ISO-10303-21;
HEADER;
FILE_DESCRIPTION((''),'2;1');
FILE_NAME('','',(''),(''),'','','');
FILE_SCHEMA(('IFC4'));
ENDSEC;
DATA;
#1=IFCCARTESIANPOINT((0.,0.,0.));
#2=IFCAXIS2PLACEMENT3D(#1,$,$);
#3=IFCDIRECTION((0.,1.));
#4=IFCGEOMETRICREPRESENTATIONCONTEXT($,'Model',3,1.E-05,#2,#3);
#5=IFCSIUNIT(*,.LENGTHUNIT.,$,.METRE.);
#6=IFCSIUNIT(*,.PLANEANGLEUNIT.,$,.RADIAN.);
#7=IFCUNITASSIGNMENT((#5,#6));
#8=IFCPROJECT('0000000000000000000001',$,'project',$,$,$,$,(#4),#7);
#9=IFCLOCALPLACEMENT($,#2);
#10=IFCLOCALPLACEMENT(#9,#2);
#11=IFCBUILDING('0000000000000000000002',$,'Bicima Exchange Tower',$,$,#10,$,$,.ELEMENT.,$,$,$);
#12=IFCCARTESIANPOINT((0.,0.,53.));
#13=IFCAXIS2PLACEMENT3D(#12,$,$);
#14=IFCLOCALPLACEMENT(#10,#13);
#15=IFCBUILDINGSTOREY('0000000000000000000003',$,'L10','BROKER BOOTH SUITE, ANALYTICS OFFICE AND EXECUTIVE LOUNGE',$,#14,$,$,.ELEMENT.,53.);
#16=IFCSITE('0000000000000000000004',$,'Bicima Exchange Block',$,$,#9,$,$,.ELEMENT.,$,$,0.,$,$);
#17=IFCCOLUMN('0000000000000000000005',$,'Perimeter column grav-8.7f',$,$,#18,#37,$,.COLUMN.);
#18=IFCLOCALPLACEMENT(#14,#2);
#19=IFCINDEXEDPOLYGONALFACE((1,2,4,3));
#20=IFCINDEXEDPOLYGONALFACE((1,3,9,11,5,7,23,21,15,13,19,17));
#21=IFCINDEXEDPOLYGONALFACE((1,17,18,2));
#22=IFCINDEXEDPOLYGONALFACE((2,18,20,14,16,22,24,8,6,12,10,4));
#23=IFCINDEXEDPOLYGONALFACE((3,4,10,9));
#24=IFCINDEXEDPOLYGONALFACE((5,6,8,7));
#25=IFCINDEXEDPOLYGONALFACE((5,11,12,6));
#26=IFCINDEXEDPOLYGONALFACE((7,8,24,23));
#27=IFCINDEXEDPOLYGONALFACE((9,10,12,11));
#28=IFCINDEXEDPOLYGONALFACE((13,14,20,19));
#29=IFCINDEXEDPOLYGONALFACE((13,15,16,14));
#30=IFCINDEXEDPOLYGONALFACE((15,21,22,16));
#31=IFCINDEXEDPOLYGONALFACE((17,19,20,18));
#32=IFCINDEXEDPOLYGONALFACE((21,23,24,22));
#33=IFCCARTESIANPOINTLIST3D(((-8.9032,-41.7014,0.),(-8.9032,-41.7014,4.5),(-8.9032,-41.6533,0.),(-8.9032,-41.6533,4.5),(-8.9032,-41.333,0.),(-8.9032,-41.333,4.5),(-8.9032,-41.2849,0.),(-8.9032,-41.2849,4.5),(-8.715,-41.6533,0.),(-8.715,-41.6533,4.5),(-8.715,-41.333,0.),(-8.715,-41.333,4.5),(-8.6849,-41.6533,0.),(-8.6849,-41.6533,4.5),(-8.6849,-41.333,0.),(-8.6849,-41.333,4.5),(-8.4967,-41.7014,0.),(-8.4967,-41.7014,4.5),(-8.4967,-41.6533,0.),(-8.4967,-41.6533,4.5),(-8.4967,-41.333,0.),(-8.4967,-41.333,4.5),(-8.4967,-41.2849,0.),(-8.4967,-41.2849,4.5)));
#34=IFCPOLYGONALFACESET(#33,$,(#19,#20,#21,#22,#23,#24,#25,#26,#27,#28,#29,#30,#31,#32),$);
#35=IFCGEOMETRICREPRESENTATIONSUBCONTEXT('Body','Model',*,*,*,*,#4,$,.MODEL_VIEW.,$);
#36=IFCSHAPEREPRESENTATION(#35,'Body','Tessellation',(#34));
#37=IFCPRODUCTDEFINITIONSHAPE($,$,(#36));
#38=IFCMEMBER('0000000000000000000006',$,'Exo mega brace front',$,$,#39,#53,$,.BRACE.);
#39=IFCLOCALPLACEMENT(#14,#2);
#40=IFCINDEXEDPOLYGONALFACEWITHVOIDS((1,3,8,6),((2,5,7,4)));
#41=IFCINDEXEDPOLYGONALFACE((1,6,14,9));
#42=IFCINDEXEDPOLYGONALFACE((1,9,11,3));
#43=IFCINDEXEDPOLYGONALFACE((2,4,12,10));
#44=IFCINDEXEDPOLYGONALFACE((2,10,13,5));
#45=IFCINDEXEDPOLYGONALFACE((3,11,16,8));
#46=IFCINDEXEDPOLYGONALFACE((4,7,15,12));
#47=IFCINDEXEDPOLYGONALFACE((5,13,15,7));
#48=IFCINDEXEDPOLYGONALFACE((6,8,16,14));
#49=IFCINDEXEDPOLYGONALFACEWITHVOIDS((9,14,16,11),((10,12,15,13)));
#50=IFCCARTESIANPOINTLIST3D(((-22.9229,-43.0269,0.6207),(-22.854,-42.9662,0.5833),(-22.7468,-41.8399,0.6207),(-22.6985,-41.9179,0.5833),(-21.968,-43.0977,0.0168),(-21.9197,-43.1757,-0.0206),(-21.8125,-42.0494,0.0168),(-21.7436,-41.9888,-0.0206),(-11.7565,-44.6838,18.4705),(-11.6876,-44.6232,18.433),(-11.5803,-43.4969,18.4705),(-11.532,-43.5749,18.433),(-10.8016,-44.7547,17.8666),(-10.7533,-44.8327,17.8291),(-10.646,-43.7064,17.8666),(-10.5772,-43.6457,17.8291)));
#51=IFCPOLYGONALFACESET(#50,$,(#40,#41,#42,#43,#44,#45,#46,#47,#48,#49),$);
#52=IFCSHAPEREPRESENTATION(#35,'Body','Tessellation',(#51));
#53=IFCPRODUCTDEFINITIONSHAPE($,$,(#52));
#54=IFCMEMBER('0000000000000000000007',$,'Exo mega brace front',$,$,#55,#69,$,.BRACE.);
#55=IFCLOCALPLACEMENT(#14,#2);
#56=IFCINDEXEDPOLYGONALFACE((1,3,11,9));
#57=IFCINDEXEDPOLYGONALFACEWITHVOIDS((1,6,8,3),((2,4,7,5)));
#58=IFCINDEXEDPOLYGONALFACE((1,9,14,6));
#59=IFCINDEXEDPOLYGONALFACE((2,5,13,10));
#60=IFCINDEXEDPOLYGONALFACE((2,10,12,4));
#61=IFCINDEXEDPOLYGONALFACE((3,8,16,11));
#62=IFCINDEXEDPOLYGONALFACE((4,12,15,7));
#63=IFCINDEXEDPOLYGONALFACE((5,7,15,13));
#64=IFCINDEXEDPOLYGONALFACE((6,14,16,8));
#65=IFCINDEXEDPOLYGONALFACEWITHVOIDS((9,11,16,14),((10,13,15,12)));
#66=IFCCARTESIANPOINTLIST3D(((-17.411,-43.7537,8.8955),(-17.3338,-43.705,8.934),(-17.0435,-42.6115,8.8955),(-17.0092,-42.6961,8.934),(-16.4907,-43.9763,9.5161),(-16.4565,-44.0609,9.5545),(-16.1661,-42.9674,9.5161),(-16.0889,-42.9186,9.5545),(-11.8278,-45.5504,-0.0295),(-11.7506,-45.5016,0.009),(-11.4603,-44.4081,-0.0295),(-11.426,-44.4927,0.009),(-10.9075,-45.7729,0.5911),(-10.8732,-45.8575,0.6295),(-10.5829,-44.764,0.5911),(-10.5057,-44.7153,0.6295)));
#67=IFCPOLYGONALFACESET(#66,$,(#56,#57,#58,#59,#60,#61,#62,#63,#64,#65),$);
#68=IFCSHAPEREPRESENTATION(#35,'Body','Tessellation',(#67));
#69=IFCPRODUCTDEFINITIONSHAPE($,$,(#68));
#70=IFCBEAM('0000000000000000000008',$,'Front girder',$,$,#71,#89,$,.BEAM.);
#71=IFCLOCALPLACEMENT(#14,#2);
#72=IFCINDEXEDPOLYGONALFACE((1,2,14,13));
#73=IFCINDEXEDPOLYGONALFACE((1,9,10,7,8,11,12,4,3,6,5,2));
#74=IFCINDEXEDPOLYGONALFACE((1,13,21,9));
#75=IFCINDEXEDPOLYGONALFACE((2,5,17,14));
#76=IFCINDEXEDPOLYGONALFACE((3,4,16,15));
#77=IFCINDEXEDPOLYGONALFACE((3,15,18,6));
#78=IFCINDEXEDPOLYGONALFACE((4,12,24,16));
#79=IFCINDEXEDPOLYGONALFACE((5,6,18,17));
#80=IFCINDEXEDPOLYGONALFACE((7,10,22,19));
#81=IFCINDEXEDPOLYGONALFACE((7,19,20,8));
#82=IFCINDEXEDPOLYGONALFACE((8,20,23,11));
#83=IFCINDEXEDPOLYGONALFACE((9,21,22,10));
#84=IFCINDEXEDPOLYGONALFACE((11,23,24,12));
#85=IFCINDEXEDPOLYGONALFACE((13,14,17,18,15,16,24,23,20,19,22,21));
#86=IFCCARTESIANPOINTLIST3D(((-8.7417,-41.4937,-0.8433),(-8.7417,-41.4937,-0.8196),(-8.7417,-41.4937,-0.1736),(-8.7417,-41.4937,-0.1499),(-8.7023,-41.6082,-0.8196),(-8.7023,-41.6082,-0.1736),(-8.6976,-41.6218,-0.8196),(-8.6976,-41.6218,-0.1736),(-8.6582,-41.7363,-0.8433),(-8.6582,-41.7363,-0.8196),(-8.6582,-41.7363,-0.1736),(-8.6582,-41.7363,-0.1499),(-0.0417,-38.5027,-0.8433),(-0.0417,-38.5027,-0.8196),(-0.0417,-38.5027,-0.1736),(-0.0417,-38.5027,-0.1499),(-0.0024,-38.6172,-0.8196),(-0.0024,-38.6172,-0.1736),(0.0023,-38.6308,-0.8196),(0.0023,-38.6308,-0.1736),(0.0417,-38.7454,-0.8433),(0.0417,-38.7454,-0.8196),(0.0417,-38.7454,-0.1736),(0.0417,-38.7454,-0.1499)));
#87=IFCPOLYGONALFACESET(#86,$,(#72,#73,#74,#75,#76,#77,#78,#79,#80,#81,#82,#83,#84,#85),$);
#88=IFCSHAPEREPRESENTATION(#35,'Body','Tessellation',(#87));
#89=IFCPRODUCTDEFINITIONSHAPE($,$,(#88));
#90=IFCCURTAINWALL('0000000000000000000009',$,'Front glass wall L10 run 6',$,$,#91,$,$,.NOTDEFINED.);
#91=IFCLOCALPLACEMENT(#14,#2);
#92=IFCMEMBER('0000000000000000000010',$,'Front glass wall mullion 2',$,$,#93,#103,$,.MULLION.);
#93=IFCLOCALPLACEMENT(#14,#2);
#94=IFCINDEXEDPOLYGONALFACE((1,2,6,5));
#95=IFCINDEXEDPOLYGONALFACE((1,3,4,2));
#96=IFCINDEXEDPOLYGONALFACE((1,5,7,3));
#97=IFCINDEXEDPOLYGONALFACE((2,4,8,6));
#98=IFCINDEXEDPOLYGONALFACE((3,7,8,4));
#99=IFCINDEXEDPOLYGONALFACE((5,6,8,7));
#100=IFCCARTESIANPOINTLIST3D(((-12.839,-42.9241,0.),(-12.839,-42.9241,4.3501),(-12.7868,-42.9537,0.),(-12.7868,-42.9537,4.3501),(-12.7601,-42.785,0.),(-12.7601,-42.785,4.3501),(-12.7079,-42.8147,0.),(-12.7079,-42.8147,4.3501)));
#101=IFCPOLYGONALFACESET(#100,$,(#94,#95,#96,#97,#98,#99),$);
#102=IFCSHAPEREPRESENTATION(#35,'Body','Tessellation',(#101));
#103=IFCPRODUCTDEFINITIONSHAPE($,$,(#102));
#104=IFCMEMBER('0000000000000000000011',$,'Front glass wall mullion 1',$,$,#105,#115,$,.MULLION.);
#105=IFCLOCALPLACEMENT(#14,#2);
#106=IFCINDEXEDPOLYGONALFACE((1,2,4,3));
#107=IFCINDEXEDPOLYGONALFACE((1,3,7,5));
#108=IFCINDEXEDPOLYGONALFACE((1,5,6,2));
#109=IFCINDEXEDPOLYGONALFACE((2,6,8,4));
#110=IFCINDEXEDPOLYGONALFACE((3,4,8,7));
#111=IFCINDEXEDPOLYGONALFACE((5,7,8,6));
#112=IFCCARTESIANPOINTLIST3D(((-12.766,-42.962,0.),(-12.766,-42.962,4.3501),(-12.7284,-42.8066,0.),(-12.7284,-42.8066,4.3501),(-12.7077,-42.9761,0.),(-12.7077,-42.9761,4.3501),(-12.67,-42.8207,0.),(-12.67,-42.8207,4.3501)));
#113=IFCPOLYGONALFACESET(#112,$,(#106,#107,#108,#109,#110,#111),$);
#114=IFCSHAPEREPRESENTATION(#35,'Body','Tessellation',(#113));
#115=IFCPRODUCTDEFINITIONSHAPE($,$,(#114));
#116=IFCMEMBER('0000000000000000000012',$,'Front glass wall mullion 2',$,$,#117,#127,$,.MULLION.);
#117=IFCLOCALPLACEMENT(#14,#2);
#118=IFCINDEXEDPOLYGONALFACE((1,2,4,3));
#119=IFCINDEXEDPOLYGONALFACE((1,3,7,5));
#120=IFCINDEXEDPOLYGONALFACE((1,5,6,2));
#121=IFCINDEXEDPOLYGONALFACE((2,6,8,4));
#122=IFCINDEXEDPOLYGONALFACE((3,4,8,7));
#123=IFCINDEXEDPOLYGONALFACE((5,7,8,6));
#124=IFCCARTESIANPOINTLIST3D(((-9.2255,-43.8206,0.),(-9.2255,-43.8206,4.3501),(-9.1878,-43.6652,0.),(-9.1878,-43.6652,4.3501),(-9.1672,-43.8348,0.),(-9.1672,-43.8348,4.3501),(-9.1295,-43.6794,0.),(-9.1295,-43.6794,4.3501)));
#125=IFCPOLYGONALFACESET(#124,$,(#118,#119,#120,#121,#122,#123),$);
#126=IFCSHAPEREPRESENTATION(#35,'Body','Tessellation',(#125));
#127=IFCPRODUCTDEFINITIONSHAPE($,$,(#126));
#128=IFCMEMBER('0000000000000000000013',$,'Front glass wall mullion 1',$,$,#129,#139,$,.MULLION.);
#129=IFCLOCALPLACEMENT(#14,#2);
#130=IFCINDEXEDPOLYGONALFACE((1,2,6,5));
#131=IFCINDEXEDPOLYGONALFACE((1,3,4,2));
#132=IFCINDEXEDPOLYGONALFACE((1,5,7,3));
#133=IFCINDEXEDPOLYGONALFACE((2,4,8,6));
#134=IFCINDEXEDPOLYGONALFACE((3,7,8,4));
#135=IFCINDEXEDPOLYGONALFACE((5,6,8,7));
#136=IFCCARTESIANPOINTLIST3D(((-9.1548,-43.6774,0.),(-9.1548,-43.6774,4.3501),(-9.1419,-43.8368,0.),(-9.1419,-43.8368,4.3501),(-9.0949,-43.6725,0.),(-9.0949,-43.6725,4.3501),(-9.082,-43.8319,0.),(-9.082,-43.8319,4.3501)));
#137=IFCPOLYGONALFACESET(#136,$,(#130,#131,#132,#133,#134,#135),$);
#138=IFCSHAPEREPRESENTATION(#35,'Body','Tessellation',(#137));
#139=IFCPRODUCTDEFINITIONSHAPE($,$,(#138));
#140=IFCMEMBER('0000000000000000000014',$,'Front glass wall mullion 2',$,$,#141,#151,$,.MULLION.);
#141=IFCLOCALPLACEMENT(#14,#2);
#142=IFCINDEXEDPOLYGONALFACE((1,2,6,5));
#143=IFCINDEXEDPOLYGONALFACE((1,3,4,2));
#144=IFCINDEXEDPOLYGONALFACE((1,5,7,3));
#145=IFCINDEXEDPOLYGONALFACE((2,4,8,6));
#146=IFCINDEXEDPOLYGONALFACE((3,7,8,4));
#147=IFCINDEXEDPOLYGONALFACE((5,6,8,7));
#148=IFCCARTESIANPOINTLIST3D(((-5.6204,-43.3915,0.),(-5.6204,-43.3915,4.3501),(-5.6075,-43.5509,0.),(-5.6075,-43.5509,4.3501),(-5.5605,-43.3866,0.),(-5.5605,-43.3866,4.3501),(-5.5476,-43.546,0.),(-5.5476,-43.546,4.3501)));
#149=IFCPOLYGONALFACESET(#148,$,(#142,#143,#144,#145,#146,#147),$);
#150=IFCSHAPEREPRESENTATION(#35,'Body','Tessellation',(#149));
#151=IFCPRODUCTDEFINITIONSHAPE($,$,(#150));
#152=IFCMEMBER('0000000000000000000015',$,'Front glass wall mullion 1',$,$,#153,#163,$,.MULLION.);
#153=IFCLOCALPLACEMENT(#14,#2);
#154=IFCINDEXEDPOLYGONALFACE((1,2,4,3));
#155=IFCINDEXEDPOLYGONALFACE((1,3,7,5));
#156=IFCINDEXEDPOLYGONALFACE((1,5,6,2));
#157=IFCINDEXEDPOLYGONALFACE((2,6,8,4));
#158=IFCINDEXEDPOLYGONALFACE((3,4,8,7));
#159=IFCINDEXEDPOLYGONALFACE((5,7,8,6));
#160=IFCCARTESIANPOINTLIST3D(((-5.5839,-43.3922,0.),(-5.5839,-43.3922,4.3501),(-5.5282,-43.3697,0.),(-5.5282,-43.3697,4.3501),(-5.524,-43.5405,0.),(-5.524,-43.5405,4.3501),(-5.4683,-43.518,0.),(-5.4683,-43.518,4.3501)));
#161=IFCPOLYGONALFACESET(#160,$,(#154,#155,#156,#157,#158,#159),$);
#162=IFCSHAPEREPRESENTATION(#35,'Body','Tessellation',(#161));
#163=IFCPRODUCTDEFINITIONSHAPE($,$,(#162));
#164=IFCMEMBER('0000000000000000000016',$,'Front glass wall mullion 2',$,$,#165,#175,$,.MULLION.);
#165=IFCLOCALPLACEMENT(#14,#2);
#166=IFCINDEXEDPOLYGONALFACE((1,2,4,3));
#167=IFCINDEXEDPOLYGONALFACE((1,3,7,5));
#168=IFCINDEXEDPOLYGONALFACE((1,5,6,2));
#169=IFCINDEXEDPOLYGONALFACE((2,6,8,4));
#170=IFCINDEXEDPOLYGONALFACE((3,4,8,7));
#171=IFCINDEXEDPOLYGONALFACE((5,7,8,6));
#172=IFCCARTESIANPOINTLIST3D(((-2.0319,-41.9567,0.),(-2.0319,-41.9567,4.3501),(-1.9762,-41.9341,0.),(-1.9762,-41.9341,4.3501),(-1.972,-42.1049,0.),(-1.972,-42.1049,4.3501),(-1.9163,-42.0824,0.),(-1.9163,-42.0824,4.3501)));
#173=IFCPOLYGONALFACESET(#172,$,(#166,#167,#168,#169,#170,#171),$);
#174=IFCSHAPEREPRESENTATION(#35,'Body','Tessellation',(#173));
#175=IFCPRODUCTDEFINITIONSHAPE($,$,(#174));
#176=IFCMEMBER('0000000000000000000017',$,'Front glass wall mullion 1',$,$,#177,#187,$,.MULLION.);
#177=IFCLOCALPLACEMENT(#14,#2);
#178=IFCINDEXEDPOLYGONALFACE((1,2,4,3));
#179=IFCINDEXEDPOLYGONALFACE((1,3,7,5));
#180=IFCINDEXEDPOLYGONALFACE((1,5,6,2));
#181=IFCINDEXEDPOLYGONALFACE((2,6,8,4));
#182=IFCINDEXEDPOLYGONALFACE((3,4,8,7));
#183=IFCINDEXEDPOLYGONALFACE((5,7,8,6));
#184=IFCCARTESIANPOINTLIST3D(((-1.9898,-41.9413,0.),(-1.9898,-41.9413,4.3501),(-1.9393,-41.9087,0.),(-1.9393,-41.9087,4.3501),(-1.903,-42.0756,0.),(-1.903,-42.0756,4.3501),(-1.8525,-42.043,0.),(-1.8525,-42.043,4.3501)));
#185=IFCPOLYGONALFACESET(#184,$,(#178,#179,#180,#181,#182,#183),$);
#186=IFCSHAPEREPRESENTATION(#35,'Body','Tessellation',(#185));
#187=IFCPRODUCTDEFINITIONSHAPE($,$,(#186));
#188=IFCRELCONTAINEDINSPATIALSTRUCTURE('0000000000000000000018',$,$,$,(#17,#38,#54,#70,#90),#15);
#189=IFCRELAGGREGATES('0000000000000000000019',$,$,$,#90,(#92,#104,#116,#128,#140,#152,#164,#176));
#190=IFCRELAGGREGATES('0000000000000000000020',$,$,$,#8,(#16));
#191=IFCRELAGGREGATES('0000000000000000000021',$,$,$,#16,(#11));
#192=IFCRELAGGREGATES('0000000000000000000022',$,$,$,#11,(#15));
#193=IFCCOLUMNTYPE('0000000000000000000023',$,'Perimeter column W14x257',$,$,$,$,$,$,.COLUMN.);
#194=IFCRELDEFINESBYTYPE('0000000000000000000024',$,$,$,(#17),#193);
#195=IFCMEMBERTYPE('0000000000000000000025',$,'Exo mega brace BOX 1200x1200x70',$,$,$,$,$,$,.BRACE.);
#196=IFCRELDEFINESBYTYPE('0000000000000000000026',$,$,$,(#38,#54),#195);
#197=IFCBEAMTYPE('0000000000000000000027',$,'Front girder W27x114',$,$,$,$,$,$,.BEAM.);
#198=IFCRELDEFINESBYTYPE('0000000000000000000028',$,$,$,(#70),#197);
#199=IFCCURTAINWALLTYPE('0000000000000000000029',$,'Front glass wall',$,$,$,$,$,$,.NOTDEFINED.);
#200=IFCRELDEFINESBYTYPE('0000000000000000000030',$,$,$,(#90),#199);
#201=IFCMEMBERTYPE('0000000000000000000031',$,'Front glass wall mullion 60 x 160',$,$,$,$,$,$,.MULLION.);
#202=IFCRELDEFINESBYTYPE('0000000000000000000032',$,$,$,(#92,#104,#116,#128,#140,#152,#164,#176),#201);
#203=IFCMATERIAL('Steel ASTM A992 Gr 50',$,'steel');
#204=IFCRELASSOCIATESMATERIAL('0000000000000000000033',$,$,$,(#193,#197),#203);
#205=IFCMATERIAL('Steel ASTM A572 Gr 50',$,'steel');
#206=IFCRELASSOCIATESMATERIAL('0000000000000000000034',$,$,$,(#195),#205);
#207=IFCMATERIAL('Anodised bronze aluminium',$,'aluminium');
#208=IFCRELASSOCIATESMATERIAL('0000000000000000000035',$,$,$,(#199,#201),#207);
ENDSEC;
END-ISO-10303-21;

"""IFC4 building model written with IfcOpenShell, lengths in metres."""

from ifc_helpers import new_model, si_unit, direction, frame, origin, origin_2d, place, context, subcontext, project, spatial, rectangle, hollow_rectangle, i_section, extrude, material, material_profile, profile_set, type_object, element, aggregate, save


model = new_model("IFC4")

# Units and contexts
model_context = context("Model", 3, precision=1e-05, world=origin(), true_north=direction((0.0, 1.0)))
body_context = subcontext(model_context, "Body", "Model", "MODEL_VIEW")
ifc_project = project(units=[si_unit("LENGTHUNIT", "METRE"), si_unit("PLANEANGLEUNIT", "RADIAN")], contexts=[model_context])

# Site, building, storey
site_placement = place(None, origin())
site = spatial("IfcSite", under=ifc_project, at=site_placement, Name="Bicima Exchange Block", CompositionType="ELEMENT", RefElevation=0.0)
building_placement = place(site_placement, origin())
building = spatial("IfcBuilding", under=site, at=building_placement, Name="Bicima Exchange Tower", CompositionType="ELEMENT")
storey_placement = place(building_placement, frame((0.0, 0.0, 53.0)))
storey = spatial("IfcBuildingStorey", under=building, at=storey_placement, Name="L10", Description="BROKER BOOTH SUITE, ANALYTICS OFFICE AND EXECUTIVE LOUNGE", CompositionType="ELEMENT", Elevation=53.0)

# Column
ifc_material_1 = material(Name="Steel ASTM A992 Gr 50", Category="steel")
ifc_material_profile_1 = material_profile(ifc_material_1, i_section(OverallWidth=0.4065, OverallDepth=0.4165, WebThickness=0.03, FlangeThickness=0.0481, at=origin_2d()))
ifc_profile_set_1 = profile_set([ifc_material_profile_1], Name="Steel ASTM A992 Gr 50")
column_type = type_object("IfcColumnType", Name="Perimeter column W14x257", PredefinedType="COLUMN", material=ifc_profile_set_1)
column_placement = place(storey_placement, frame((-8.7, -41.4932, 0.0), z_axis=(0.0, 0.0, 1.0), x_axis=(1.0, 0.0, 0.0)))
element("IfcColumn", 1, at=column_placement, inside=storey, type_object=column_type, Name="Perimeter column grav-8.7f", PredefinedType="COLUMN", context=body_context, shape_type="SweptSolid", body=[
    extrude(i_section(OverallWidth=0.4065, OverallDepth=0.4165, WebThickness=0.03, FlangeThickness=0.0481, at=origin_2d()), origin(), (0.0, 0.0, 1.0), 4.5),
])

# Members
ifc_material_2 = material(Name="Steel ASTM A572 Gr 50", Category="steel")
ifc_material_profile_2 = material_profile(ifc_material_2, hollow_rectangle(XDim=1.2, YDim=1.2, WallThickness=0.0701, at=origin_2d()))
ifc_profile_set_2 = profile_set([ifc_material_profile_2], Name="Steel ASTM A572 Gr 50")
member_type_1 = type_object("IfcMemberType", Name="Exo mega brace BOX 1200x1200x70", PredefinedType="BRACE", material=ifc_profile_set_2)
member_1_placement = place(storey_placement, frame((-22.3333, -42.5078, 0.3), z_axis=(0.528717, -0.078456, 0.845164), x_axis=(0.146781, 0.989169, 0.0)))
element("IfcMember", 2, at=member_1_placement, inside=storey, type_object=member_type_1, Name="Exo mega brace front", PredefinedType="BRACE", context=body_context, shape_type="SweptSolid", body=[
    extrude(hollow_rectangle(XDim=1.2, YDim=1.2, WallThickness=0.0701, at=origin_2d()), origin(), (0.0, 0.0, 1.0), 21.1199),
])
member_2_placement = place(storey_placement, frame((-11.1667, -45.1328, 0.3), z_axis=(-0.522789, 0.168228, 0.835698), x_axis=(-0.30632, -0.951928, 0.0)))
element("IfcMember", 3, at=member_2_placement, inside=storey, type_object=member_type_1, Name="Exo mega brace front", PredefinedType="BRACE", context=body_context, shape_type="SweptSolid", body=[
    extrude(hollow_rectangle(XDim=1.2, YDim=1.2, WallThickness=0.0701, at=origin_2d()), origin(), (0.0, 0.0, 1.0), 10.6797),
])

# Beam
ifc_material_profile_3 = material_profile(ifc_material_1, i_section(OverallWidth=0.2566, OverallDepth=0.6934, WebThickness=0.0144, FlangeThickness=0.0237, at=origin_2d()))
ifc_profile_set_3 = profile_set([ifc_material_profile_3], Name="Steel ASTM A992 Gr 50")
beam_type = type_object("IfcBeamType", Name="Front girder W27x114", PredefinedType="BEAM", material=ifc_profile_set_3)
beam_placement = place(storey_placement, frame((-8.7, -41.615, -0.4966), z_axis=(0.945675, 0.325115, 0.0), x_axis=(-0.325115, 0.945675, 0.0)))
element("IfcBeam", 4, at=beam_placement, inside=storey, type_object=beam_type, Name="Front girder", PredefinedType="BEAM", context=body_context, shape_type="SweptSolid", body=[
    extrude(i_section(OverallWidth=0.2566, OverallDepth=0.6934, WebThickness=0.0144, FlangeThickness=0.0237, at=origin_2d()), origin(), (0.0, 0.0, 1.0), 9.1997),
])

# Curtain wall, members
ifc_material_3 = material(Name="Anodised bronze aluminium", Category="aluminium")
curtain_wall_type = type_object("IfcCurtainWallType", Name="Front glass wall", PredefinedType="NOTDEFINED", material=ifc_material_3)
curtain_wall_placement = place(storey_placement, origin())
curtain_wall = element("IfcCurtainWall", 5, at=curtain_wall_placement, inside=storey, type_object=curtain_wall_type, Name="Front glass wall L10 run 6", PredefinedType="NOTDEFINED")
ifc_material_profile_4 = material_profile(ifc_material_3, rectangle(XDim=0.1599, YDim=0.0601, at=origin_2d()))
ifc_profile_set_4 = profile_set([ifc_material_profile_4], Name="Anodised bronze aluminium")
member_type_2 = type_object("IfcMemberType", Name="Front glass wall mullion 60 x 160", PredefinedType="MULLION", material=ifc_profile_set_4)
member_3_placement = place(storey_placement, frame((-12.7734, -42.8694, 0.0), z_axis=(0.0, 0.0, 1.0), x_axis=(0.493395, 0.869805, 0.0)))
member_3 = element("IfcMember", 6, at=member_3_placement, type_object=member_type_2, Name="Front glass wall mullion 2", PredefinedType="MULLION", context=body_context, shape_type="SweptSolid", body=[
    extrude(rectangle(XDim=0.1599, YDim=0.0601, at=origin_2d()), origin(), (0.0, 0.0, 1.0), 4.3501),
])
member_4_placement = place(storey_placement, frame((-12.718, -42.8914, 0.0), z_axis=(0.0, 0.0, 1.0), x_axis=(0.235682, 0.97183, 0.0)))
member_4 = element("IfcMember", 7, at=member_4_placement, type_object=member_type_2, Name="Front glass wall mullion 1", PredefinedType="MULLION", context=body_context, shape_type="SweptSolid", body=[
    extrude(rectangle(XDim=0.1599, YDim=0.0601, at=origin_2d()), origin(), (0.0, 0.0, 1.0), 4.3501),
])
member_5_placement = place(storey_placement, frame((-9.1775, -43.75, 0.0), z_axis=(0.0, 0.0, 1.0), x_axis=(0.235682, 0.97183, 0.0)))
member_5 = element("IfcMember", 8, at=member_5_placement, type_object=member_type_2, Name="Front glass wall mullion 2", PredefinedType="MULLION", context=body_context, shape_type="SweptSolid", body=[
    extrude(rectangle(XDim=0.1599, YDim=0.0601, at=origin_2d()), origin(), (0.0, 0.0, 1.0), 4.3501),
])
member_6_placement = place(storey_placement, frame((-9.1184, -43.7546, 0.0), z_axis=(0.0, 0.0, 1.0), x_axis=(-0.080589, 0.996747, 0.0)))
member_6 = element("IfcMember", 9, at=member_6_placement, type_object=member_type_2, Name="Front glass wall mullion 1", PredefinedType="MULLION", context=body_context, shape_type="SweptSolid", body=[
    extrude(rectangle(XDim=0.1599, YDim=0.0601, at=origin_2d()), origin(), (0.0, 0.0, 1.0), 4.3501),
])
member_7_placement = place(storey_placement, frame((-5.584, -43.4688, 0.0), z_axis=(0.0, 0.0, 1.0), x_axis=(-0.080589, 0.996747, 0.0)))
member_7 = element("IfcMember", 10, at=member_7_placement, type_object=member_type_2, Name="Front glass wall mullion 2", PredefinedType="MULLION", context=body_context, shape_type="SweptSolid", body=[
    extrude(rectangle(XDim=0.1599, YDim=0.0601, at=origin_2d()), origin(), (0.0, 0.0, 1.0), 4.3501),
])
member_8_placement = place(storey_placement, frame((-5.5261, -43.4551, 0.0), z_axis=(0.0, 0.0, 1.0), x_axis=(-0.374705, 0.927144, 0.0)))
member_8 = element("IfcMember", 11, at=member_8_placement, type_object=member_type_2, Name="Front glass wall mullion 1", PredefinedType="MULLION", context=body_context, shape_type="SweptSolid", body=[
    extrude(rectangle(XDim=0.1599, YDim=0.0601, at=origin_2d()), origin(), (0.0, 0.0, 1.0), 4.3501),
])
member_9_placement = place(storey_placement, frame((-1.9741, -42.0195, 0.0), z_axis=(0.0, 0.0, 1.0), x_axis=(-0.374705, 0.927144, 0.0)))
member_9 = element("IfcMember", 12, at=member_9_placement, type_object=member_type_2, Name="Front glass wall mullion 2", PredefinedType="MULLION", context=body_context, shape_type="SweptSolid", body=[
    extrude(rectangle(XDim=0.1599, YDim=0.0601, at=origin_2d()), origin(), (0.0, 0.0, 1.0), 4.3501),
])
member_10_placement = place(storey_placement, frame((-1.9211, -41.9922, 0.0), z_axis=(0.0, 0.0, 1.0), x_axis=(-0.542897, 0.839799, 0.0)))
member_10 = element("IfcMember", 13, at=member_10_placement, type_object=member_type_2, Name="Front glass wall mullion 1", PredefinedType="MULLION", context=body_context, shape_type="SweptSolid", body=[
    extrude(rectangle(XDim=0.1599, YDim=0.0601, at=origin_2d()), origin(), (0.0, 0.0, 1.0), 4.3501),
])
aggregate(curtain_wall, [member_3, member_4, member_5, member_6, member_7, member_8, member_9, member_10])

save(model, "model.ifc")
